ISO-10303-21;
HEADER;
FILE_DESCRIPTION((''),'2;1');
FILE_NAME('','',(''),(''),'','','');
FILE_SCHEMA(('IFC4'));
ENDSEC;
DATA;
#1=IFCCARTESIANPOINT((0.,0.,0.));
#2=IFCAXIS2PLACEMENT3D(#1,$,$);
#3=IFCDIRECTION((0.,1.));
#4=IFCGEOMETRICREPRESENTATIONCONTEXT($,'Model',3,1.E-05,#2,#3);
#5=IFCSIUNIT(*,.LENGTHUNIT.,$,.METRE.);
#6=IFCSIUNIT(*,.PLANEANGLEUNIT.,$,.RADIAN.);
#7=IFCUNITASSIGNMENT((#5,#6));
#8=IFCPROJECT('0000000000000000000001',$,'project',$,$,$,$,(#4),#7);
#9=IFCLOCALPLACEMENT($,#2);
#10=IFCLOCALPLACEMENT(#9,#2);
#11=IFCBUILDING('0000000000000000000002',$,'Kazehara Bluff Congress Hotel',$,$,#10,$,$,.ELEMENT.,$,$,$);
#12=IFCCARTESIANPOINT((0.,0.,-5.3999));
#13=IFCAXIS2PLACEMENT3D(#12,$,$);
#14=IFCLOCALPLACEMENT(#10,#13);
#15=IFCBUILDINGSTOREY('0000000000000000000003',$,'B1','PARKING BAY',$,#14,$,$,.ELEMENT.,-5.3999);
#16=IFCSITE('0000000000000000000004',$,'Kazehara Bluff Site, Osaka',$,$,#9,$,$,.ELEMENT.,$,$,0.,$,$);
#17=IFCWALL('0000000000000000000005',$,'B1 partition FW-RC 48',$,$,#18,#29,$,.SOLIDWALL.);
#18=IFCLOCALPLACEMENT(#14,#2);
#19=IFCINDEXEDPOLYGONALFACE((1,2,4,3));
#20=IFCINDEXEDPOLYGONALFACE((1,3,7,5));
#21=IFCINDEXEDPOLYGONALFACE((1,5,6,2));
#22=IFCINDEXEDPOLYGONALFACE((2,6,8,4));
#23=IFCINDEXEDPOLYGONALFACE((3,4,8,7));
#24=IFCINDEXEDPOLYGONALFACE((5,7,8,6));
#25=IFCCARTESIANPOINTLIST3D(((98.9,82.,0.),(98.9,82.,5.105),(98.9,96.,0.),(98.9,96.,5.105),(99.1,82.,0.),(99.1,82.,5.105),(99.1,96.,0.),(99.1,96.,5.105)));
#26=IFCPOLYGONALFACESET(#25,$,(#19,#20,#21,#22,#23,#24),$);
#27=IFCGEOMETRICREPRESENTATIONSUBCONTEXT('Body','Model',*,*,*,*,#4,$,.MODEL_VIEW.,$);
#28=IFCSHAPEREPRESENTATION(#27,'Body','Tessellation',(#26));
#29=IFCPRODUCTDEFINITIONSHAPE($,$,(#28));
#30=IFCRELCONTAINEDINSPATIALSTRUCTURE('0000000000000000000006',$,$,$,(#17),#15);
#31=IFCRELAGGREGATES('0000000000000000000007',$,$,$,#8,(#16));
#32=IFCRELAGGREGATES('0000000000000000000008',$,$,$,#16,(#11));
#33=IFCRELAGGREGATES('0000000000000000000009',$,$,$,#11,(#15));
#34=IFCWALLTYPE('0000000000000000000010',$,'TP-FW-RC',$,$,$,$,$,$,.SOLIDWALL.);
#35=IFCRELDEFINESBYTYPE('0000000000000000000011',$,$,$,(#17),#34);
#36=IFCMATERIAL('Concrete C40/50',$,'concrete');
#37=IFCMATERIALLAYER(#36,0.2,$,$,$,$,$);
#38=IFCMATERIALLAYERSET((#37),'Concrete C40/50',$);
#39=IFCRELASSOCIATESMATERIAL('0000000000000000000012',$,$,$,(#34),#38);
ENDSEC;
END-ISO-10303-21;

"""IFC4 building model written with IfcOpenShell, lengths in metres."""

from ifc_helpers import new_model, si_unit, direction, frame, frame_2d, origin, place, context, subcontext, project, spatial, rectangle, extrude, material, layer, layer_set, type_object, element, save


model = new_model("IFC4")

# Units and contexts
model_context = context("Model", 3, precision=1e-05, world=origin(), true_north=direction((0.0, 1.0)))
body_context = subcontext(model_context, "Body", "Model", "MODEL_VIEW")
ifc_project = project(units=[si_unit("LENGTHUNIT", "METRE"), si_unit("PLANEANGLEUNIT", "RADIAN")], contexts=[model_context])

# Site, building, storey
site_placement = place(None, origin())
site = spatial("IfcSite", under=ifc_project, at=site_placement, Name="Kazehara Bluff Site, Osaka", CompositionType="ELEMENT", RefElevation=0.0)
building_placement = place(site_placement, origin())
building = spatial("IfcBuilding", under=site, at=building_placement, Name="Kazehara Bluff Congress Hotel", CompositionType="ELEMENT")
storey_placement = place(building_placement, frame((0.0, 0.0, -5.3999)))
storey = spatial("IfcBuildingStorey", under=building, at=storey_placement, Name="B1", Description="PARKING BAY", CompositionType="ELEMENT", Elevation=-5.3999)

# Wall
ifc_material_1 = material(Name="Concrete C40/50", Category="concrete")
ifc_layer_1 = layer(ifc_material_1, 0.2)
ifc_layer_set_1 = layer_set([ifc_layer_1], Name="Concrete C40/50")
wall_type = type_object("IfcWallType", Name="TP-FW-RC", PredefinedType="SOLIDWALL", material=ifc_layer_set_1)
wall_placement = place(storey_placement, frame((99.0, 82.0, 0.0), z_axis=(0.0, 0.0, 1.0), x_axis=(0.0, 1.0, 0.0)))
element("IfcWall", 1, at=wall_placement, inside=storey, type_object=wall_type, Name="B1 partition FW-RC 48", PredefinedType="SOLIDWALL", context=body_context, shape_type="SweptSolid", body=[
    extrude(rectangle(XDim=14.0, YDim=0.2, at=frame_2d((7.0, 0.0))), origin(), (0.0, 0.0, 1.0), 5.105),
])

save(model, "model.ifc")
